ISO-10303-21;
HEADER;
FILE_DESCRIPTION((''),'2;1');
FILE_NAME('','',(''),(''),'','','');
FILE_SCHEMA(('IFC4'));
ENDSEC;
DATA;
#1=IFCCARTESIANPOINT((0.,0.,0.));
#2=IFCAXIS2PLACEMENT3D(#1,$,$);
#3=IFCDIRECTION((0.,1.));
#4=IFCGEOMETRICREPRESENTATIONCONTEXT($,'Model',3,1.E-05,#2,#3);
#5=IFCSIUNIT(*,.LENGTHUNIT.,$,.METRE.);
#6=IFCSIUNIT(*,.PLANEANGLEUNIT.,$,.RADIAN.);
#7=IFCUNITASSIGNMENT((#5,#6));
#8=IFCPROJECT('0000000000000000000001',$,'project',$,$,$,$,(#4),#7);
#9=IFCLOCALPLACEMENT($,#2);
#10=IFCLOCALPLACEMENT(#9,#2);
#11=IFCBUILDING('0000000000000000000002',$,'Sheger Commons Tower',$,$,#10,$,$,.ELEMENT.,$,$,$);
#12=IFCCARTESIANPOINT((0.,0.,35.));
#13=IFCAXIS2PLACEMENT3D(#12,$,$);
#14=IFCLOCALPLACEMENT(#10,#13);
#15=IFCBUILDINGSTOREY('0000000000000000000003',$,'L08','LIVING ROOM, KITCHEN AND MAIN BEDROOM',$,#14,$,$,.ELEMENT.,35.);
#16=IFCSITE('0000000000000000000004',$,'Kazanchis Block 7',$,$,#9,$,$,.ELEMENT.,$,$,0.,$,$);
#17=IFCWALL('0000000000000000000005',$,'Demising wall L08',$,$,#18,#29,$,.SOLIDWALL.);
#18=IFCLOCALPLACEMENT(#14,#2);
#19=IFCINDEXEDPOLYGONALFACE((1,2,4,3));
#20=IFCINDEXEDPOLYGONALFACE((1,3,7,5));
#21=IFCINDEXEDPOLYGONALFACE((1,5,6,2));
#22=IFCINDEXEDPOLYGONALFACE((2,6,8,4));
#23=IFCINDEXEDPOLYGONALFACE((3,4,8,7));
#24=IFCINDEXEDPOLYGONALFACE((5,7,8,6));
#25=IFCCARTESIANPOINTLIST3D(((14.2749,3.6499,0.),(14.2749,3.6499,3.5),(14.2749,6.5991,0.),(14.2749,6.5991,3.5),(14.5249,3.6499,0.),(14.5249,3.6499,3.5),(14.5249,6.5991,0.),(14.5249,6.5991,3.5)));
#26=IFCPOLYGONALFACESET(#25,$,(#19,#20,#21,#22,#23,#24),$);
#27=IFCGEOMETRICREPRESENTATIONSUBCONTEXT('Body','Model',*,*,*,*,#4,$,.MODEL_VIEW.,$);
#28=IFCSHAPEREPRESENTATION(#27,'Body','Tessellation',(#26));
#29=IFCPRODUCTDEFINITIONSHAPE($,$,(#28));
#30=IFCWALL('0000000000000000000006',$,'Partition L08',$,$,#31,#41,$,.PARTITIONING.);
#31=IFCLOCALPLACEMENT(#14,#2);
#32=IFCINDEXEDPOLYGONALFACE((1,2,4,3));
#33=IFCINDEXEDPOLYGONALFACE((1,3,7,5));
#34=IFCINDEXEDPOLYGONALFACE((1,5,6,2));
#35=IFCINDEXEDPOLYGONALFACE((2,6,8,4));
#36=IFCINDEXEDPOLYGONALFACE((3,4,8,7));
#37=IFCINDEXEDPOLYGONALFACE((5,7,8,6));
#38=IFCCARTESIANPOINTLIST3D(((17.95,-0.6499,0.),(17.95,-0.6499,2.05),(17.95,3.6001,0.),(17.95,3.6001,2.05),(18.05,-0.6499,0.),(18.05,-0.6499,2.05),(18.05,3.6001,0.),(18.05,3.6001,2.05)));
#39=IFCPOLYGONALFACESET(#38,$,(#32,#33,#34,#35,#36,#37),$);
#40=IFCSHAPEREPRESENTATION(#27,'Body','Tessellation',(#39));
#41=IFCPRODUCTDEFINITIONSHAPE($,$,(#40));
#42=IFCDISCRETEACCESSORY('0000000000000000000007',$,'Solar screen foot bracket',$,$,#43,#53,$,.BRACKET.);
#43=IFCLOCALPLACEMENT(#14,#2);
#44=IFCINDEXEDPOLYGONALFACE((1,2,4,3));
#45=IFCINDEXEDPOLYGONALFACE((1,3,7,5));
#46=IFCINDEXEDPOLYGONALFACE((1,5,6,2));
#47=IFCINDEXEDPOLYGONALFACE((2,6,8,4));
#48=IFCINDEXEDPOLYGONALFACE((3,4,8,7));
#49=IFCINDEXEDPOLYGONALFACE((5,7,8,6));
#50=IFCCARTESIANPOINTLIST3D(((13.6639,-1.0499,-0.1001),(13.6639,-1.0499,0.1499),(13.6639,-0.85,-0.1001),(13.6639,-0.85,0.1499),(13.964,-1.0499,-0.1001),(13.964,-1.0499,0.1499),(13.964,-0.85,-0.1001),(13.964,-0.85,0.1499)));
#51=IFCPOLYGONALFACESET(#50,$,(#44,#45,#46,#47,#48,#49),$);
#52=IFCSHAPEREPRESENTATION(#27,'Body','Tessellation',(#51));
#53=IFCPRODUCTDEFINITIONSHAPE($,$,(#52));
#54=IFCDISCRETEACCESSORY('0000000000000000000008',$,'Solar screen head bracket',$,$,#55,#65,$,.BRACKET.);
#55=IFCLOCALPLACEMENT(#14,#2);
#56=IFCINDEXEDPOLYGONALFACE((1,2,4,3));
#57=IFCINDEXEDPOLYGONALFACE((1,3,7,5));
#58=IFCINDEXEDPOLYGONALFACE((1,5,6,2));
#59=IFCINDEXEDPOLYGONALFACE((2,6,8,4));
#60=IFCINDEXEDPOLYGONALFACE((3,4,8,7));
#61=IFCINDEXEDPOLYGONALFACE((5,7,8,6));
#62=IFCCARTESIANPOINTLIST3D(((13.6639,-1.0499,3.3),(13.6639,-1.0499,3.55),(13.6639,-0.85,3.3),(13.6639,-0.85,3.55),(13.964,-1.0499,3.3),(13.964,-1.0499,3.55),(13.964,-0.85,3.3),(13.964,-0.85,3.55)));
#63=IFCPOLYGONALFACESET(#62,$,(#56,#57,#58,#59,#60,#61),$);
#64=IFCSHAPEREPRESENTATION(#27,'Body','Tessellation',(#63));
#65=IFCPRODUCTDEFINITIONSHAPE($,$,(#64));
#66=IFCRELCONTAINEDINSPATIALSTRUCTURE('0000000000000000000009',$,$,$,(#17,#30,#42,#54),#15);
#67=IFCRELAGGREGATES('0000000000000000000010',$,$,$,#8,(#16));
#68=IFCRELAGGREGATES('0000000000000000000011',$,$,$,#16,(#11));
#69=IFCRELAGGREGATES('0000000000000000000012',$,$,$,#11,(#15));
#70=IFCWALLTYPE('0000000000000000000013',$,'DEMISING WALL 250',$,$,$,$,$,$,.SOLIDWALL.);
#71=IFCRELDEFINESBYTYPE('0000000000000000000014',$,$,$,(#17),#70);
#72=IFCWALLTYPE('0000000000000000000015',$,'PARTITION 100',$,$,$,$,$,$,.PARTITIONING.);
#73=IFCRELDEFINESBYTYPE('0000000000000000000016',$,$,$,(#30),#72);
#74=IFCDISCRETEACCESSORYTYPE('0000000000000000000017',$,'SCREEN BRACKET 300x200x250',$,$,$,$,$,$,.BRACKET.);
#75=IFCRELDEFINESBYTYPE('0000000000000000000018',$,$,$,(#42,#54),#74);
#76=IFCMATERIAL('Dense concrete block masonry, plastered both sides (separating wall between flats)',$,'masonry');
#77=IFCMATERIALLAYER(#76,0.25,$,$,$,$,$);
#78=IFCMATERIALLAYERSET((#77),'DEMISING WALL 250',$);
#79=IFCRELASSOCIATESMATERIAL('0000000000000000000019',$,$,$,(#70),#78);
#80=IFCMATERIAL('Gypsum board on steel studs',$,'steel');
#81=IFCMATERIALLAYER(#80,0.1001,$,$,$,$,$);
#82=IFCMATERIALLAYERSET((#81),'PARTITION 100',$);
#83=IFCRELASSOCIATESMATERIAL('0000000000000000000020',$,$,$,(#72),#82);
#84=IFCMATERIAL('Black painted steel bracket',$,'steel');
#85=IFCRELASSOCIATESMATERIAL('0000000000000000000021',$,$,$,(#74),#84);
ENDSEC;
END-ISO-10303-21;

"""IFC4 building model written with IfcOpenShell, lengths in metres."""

from ifc_helpers import new_model, si_unit, direction, frame, frame_2d, origin, origin_2d, place, context, subcontext, project, spatial, rectangle, extrude, material, layer, layer_set, type_object, element, save


model = new_model("IFC4")

# Units and contexts
model_context = context("Model", 3, precision=1e-05, world=origin(), true_north=direction((0.0, 1.0)))
body_context = subcontext(model_context, "Body", "Model", "MODEL_VIEW")
ifc_project = project(units=[si_unit("LENGTHUNIT", "METRE"), si_unit("PLANEANGLEUNIT", "RADIAN")], contexts=[model_context])

# Site, building, storey
site_placement = place(None, origin())
site = spatial("IfcSite", under=ifc_project, at=site_placement, Name="Kazanchis Block 7", CompositionType="ELEMENT", RefElevation=0.0)
building_placement = place(site_placement, origin())
building = spatial("IfcBuilding", under=site, at=building_placement, Name="Sheger Commons Tower", CompositionType="ELEMENT")
storey_placement = place(building_placement, frame((0.0, 0.0, 35.0)))
storey = spatial("IfcBuildingStorey", under=building, at=storey_placement, Name="L08", Description="LIVING ROOM, KITCHEN AND MAIN BEDROOM", CompositionType="ELEMENT", Elevation=35.0)

# Walls
ifc_material_1 = material(Name="Dense concrete block masonry, plastered both sides (separating wall between flats)", Category="masonry")
ifc_layer_1 = layer(ifc_material_1, 0.25)
ifc_layer_set_1 = layer_set([ifc_layer_1], Name="DEMISING WALL 250")
wall_type_1 = type_object("IfcWallType", Name="DEMISING WALL 250", PredefinedType="SOLIDWALL", material=ifc_layer_set_1)
wall_1_placement = place(storey_placement, frame((14.3999, 3.6499, 0.0), z_axis=(0.0, 0.0, 1.0), x_axis=(0.0, 1.0, 0.0)))
element("IfcWall", 1, at=wall_1_placement, inside=storey, type_object=wall_type_1, Name="Demising wall L08", PredefinedType="SOLIDWALL", context=body_context, shape_type="SweptSolid", body=[
    extrude(rectangle(XDim=2.9492, YDim=0.25, at=frame_2d((1.4746, 0.0))), origin(), (0.0, 0.0, 1.0), 3.5),
])
ifc_material_2 = material(Name="Gypsum board on steel studs", Category="steel")
ifc_layer_2 = layer(ifc_material_2, 0.1001)
ifc_layer_set_2 = layer_set([ifc_layer_2], Name="PARTITION 100")
wall_type_2 = type_object("IfcWallType", Name="PARTITION 100", PredefinedType="PARTITIONING", material=ifc_layer_set_2)
wall_2_placement = place(storey_placement, frame((18.0, -0.6499, 0.0), z_axis=(0.0, 0.0, 1.0), x_axis=(0.0, 1.0, 0.0)))
element("IfcWall", 2, at=wall_2_placement, inside=storey, type_object=wall_type_2, Name="Partition L08", PredefinedType="PARTITIONING", context=body_context, shape_type="SweptSolid", body=[
    extrude(rectangle(XDim=4.25, YDim=0.1001, at=frame_2d((2.125, 0.0))), origin(), (0.0, 0.0, 1.0), 2.05),
])

# Discrete accessories
ifc_material_3 = material(Name="Black painted steel bracket", Category="steel")
discrete_accessory_type = type_object("IfcDiscreteAccessoryType", Name="SCREEN BRACKET 300x200x250", PredefinedType="BRACKET", material=ifc_material_3)
for number, where, z_axis, x_axis, name in (
    (3, (13.814, -0.95, -0.1001), (0.0, 0.0, 1.0), (1.0, 0.0, 0.0), "Solar screen foot bracket"),
    (4, (13.814, -0.95, 3.3), (0.0, 0.0, 1.0), (1.0, 0.0, 0.0), "Solar screen head bracket"),
):
    element("IfcDiscreteAccessory", number, at=place(storey_placement, frame(where, z_axis=z_axis, x_axis=x_axis)), inside=storey, type_object=discrete_accessory_type, Name=name, PredefinedType="BRACKET", context=body_context, shape_type="SweptSolid", body=[
        extrude(rectangle(XDim=0.3, YDim=0.2, at=origin_2d()), origin(), (0.0, 0.0, 1.0), 0.25),
    ])

save(model, "model.ifc")
